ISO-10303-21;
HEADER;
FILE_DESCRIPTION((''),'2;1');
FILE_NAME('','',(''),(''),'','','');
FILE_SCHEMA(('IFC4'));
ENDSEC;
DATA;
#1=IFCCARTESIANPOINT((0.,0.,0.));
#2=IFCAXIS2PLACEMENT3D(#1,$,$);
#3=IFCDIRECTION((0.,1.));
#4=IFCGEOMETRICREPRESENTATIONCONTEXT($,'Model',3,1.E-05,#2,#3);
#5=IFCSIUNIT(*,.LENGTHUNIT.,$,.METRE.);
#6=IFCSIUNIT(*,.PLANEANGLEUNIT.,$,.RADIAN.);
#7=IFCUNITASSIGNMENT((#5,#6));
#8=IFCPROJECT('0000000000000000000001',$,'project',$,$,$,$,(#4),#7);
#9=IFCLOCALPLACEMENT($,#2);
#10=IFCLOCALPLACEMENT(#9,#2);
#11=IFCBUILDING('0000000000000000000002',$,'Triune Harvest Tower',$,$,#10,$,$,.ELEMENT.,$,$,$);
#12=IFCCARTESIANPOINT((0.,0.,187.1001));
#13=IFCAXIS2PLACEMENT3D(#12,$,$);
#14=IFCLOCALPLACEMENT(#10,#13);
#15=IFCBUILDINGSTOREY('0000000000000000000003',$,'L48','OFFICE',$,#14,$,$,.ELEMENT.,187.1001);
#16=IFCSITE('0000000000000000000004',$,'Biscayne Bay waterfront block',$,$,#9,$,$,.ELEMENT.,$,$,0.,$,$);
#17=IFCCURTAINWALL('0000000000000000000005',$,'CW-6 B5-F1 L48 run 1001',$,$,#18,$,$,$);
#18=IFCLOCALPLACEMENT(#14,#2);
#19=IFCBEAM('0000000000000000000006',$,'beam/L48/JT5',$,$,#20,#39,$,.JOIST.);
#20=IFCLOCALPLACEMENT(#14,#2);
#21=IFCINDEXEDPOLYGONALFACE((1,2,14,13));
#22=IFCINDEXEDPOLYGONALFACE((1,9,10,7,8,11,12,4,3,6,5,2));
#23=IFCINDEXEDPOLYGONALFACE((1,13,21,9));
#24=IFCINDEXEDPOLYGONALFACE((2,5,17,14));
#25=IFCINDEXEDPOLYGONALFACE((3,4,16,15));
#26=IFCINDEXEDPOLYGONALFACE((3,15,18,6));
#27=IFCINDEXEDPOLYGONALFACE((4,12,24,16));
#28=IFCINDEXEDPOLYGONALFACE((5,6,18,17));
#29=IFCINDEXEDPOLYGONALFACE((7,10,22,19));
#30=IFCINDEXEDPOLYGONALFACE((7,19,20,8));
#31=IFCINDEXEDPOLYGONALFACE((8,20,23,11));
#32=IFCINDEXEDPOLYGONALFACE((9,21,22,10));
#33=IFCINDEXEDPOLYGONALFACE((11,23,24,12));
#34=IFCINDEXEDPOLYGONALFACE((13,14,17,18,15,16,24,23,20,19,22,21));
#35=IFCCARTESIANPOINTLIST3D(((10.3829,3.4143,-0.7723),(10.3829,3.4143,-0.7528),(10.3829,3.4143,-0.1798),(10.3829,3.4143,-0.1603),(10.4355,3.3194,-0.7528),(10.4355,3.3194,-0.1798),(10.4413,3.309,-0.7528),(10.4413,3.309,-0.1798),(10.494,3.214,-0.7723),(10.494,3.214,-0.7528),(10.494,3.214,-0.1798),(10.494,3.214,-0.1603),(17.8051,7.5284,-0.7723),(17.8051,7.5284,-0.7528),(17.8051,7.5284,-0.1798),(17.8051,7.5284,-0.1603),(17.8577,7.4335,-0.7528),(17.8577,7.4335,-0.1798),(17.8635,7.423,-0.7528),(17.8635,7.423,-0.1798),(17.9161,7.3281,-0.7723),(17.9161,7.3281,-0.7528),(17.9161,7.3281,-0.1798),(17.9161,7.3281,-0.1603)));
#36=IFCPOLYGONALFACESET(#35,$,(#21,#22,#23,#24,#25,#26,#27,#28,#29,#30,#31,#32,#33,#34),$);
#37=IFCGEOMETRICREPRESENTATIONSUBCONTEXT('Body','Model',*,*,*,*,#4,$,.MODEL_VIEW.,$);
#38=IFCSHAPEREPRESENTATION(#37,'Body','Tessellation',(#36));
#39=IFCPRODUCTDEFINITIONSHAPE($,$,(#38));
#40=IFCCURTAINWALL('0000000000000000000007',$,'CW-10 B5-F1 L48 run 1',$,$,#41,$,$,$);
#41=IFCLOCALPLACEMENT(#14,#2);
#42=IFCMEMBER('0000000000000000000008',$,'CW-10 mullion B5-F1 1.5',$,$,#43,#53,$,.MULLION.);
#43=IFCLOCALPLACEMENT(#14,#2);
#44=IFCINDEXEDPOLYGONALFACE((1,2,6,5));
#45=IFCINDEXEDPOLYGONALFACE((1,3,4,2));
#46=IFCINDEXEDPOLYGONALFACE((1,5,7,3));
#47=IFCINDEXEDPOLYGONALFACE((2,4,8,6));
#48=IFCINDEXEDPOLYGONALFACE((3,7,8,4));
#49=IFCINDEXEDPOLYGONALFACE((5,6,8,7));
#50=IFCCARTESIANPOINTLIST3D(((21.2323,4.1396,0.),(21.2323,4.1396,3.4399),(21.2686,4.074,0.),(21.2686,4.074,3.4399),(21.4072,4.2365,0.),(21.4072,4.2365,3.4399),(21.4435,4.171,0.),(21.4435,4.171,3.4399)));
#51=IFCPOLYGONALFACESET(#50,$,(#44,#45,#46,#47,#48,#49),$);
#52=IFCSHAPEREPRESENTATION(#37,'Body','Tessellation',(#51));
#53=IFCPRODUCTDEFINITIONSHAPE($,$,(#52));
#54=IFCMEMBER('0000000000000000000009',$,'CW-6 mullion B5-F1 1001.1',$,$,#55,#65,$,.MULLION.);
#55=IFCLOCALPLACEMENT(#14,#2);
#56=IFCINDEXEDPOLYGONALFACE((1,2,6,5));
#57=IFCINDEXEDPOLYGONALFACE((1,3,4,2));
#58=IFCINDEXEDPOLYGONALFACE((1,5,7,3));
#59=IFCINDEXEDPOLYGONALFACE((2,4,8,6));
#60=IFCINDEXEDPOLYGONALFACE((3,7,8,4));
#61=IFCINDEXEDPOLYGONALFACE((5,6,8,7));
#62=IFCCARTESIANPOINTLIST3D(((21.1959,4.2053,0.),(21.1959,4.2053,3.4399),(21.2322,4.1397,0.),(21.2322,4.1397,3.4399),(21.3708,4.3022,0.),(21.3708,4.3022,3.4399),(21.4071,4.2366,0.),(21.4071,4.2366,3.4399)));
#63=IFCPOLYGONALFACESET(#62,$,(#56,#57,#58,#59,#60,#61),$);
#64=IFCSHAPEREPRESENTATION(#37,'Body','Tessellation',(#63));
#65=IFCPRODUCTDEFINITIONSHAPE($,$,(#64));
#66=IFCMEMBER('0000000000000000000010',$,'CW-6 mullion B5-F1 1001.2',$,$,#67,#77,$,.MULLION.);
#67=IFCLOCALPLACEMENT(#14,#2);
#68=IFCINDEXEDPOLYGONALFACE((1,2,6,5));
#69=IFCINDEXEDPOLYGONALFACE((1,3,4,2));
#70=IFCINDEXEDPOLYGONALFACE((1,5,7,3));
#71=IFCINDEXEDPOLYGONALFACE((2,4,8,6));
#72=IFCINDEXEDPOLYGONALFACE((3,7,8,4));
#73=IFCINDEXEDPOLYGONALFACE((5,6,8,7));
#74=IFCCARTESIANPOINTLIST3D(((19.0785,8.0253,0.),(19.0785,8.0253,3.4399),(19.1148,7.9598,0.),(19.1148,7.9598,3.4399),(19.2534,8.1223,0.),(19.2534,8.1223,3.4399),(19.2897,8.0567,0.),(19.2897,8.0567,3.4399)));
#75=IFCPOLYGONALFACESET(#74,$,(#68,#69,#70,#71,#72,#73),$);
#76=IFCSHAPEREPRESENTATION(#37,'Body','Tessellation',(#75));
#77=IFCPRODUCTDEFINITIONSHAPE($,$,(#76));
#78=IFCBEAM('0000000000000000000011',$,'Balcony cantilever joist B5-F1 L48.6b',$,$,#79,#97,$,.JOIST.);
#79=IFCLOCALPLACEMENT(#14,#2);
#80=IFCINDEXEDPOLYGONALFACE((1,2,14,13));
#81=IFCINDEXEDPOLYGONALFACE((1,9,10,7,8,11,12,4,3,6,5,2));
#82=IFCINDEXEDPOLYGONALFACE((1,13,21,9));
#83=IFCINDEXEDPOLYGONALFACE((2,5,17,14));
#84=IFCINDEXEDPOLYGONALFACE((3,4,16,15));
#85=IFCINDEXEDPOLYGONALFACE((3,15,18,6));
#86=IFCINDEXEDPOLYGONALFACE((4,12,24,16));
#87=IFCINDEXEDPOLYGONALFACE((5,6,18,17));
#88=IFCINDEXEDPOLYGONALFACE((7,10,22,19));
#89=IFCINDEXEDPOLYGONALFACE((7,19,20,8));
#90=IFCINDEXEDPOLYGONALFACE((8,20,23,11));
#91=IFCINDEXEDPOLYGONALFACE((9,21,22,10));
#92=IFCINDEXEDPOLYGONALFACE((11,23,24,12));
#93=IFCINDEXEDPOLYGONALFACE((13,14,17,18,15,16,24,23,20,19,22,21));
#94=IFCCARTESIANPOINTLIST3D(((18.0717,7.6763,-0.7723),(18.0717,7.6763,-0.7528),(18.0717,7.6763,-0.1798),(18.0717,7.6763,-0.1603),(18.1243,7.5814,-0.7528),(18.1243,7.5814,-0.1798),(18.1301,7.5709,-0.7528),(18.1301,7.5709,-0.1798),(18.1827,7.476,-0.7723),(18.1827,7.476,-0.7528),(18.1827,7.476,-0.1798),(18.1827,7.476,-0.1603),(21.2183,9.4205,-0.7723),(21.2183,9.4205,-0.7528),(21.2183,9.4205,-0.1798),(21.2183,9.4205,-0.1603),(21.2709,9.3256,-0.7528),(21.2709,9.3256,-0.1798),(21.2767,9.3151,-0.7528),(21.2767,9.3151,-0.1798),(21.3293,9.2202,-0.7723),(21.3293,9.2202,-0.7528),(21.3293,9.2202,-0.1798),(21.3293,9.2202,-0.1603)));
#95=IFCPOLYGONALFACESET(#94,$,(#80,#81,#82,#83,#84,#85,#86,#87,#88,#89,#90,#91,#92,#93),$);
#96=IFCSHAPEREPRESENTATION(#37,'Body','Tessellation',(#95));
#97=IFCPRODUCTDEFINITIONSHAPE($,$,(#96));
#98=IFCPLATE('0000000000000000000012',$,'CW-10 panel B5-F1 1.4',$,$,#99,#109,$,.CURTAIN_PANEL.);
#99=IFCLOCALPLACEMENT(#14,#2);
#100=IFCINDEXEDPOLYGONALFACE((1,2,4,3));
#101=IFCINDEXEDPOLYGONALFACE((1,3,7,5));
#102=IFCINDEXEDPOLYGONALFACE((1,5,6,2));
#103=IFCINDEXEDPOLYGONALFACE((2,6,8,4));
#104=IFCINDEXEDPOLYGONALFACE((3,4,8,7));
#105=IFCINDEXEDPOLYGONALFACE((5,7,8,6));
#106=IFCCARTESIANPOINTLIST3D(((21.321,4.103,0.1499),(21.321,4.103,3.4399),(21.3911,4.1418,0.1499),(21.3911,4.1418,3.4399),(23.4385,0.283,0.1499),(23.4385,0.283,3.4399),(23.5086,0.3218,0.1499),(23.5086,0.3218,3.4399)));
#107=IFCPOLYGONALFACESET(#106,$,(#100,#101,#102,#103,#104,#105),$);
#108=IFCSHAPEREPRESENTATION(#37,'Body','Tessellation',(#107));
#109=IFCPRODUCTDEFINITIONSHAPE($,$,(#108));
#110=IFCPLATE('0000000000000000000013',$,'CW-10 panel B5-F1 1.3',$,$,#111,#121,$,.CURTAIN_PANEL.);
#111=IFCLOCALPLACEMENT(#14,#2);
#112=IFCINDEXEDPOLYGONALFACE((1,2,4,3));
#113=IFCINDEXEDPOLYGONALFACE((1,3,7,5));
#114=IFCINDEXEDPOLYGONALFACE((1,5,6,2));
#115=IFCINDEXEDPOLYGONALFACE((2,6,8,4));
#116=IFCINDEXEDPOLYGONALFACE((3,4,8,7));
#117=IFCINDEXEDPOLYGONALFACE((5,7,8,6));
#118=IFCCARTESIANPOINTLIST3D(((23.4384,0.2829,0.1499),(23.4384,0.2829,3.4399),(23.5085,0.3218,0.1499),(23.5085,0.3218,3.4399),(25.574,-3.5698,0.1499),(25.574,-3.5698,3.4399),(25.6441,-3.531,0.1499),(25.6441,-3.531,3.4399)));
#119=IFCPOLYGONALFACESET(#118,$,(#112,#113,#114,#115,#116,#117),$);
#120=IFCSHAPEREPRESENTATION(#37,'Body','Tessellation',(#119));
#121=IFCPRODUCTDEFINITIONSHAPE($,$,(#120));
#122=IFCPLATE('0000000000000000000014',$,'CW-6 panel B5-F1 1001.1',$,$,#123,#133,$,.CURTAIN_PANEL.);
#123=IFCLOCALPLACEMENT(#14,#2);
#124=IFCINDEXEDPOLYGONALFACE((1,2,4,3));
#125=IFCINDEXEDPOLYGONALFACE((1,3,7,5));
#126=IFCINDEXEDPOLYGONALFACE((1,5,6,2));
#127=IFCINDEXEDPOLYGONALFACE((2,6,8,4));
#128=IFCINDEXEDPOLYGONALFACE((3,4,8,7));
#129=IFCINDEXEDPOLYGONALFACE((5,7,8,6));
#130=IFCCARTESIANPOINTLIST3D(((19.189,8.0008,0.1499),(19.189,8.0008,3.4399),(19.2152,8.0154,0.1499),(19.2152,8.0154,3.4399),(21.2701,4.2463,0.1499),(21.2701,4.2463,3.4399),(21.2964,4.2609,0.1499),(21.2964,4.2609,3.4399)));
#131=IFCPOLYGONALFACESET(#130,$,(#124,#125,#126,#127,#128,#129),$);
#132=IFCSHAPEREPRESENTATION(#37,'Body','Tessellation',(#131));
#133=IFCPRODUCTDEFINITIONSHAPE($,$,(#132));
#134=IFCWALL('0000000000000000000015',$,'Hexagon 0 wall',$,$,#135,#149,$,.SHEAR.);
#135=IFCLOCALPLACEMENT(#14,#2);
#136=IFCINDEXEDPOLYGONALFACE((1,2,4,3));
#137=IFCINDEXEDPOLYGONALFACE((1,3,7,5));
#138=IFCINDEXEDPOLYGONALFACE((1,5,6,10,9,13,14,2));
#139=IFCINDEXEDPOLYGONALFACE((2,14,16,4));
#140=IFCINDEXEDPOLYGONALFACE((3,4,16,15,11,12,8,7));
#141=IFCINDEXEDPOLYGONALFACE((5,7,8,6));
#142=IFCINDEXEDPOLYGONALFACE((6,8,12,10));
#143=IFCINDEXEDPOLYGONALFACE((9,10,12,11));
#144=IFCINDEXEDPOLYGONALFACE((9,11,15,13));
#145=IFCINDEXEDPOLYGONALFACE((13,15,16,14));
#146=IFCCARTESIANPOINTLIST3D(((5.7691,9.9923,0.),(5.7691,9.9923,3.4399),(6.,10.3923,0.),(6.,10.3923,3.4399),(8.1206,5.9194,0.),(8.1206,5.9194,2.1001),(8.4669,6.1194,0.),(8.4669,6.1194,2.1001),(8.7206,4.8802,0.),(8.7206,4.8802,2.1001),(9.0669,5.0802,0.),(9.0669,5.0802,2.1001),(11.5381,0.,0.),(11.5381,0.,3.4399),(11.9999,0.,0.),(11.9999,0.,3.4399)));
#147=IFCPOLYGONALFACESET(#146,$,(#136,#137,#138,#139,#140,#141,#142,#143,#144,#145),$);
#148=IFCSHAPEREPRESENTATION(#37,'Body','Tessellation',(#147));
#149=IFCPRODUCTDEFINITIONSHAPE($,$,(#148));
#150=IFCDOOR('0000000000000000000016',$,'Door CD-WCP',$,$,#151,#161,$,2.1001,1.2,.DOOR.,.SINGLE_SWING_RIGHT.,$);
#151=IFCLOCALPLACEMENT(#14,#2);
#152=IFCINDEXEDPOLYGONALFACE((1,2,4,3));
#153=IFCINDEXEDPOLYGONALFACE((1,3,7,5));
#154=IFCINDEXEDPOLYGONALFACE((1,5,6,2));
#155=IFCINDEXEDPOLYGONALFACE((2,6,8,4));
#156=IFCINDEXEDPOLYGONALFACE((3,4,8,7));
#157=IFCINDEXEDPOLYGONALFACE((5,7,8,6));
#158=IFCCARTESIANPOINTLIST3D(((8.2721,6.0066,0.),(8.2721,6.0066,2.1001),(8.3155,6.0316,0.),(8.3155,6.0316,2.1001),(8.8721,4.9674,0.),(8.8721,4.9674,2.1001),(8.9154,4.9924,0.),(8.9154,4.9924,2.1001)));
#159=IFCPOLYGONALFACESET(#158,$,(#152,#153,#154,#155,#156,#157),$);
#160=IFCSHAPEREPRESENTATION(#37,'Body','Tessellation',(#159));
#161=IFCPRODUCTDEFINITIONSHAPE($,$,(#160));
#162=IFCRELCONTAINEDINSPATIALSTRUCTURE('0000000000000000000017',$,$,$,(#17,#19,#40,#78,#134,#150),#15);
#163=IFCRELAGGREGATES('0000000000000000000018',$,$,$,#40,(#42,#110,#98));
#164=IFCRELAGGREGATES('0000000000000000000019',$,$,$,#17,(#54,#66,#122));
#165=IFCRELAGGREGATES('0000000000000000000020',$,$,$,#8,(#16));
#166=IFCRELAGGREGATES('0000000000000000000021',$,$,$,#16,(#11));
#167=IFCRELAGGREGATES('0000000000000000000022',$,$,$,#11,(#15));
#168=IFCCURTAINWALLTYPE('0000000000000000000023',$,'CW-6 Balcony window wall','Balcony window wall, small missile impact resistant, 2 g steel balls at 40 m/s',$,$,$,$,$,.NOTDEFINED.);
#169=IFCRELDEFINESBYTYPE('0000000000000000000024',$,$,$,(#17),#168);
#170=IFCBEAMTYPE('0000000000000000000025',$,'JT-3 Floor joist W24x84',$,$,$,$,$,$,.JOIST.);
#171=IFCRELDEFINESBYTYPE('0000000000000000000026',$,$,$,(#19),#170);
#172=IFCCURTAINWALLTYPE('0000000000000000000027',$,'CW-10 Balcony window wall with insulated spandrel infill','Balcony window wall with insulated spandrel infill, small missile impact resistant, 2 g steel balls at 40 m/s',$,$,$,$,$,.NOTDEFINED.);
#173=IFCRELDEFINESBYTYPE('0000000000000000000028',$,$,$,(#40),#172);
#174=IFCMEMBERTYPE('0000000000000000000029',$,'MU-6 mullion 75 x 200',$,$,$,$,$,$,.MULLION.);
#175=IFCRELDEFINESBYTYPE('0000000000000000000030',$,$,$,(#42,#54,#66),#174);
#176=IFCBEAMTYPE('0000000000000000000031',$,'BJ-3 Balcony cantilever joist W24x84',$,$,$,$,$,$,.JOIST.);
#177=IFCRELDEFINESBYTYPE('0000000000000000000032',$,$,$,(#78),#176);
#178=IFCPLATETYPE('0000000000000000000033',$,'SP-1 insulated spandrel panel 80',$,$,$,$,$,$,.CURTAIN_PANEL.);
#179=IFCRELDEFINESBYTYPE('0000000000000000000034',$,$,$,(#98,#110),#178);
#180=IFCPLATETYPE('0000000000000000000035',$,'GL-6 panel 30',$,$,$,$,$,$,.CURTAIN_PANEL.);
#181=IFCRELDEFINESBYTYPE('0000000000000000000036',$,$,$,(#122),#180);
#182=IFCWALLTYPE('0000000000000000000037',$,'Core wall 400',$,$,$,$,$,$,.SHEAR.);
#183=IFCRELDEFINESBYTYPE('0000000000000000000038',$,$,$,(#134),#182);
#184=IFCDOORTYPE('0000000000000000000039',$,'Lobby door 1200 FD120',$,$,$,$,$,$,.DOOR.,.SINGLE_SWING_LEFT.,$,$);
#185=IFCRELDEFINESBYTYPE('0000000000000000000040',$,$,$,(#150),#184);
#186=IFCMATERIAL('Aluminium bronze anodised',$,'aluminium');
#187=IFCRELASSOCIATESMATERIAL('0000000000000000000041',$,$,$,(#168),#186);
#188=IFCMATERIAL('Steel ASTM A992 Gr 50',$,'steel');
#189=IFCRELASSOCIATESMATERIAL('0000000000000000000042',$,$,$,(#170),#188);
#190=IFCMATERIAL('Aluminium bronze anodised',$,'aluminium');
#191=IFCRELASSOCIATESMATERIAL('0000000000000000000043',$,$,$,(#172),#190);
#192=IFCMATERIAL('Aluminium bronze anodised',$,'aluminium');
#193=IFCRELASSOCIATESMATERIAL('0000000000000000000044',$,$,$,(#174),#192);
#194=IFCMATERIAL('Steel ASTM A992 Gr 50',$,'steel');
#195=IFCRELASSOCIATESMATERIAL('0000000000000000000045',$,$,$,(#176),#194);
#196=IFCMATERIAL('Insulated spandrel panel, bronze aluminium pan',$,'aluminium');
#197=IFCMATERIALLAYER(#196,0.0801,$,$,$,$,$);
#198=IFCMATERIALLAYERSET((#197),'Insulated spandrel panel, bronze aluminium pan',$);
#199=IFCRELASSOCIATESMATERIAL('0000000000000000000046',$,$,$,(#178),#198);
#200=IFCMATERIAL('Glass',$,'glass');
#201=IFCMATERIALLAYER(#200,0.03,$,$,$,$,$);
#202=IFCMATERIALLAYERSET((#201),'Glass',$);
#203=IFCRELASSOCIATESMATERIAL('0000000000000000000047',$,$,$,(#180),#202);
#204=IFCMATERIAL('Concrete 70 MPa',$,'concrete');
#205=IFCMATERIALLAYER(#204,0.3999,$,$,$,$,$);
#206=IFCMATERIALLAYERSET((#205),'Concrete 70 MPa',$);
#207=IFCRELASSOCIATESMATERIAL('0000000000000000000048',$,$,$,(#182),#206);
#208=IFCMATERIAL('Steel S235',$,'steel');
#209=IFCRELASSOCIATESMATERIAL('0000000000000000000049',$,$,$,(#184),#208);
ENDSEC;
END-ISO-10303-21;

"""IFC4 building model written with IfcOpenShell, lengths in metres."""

from ifc_helpers import new_model, si_unit, direction, frame, frame_2d, origin, origin_2d, place, context, subcontext, project, spatial, polyline, rectangle, i_section, outline, extrude, source, transform, mapped, material, layer, layer_set, material_profile, profile_set, type_object, element, fill, aggregate, save


model = new_model("IFC4")

# Units and contexts
model_context = context("Model", 3, precision=1e-05, world=origin(), true_north=direction((0.0, 1.0)))
body_context = subcontext(model_context, "Body", "Model", "MODEL_VIEW")
ifc_project = project(units=[si_unit("LENGTHUNIT", "METRE"), si_unit("PLANEANGLEUNIT", "RADIAN")], contexts=[model_context])

# Site, building, storey
site_placement = place(None, origin())
site = spatial("IfcSite", under=ifc_project, at=site_placement, Name="Biscayne Bay waterfront block", CompositionType="ELEMENT", RefElevation=0.0)
building_placement = place(site_placement, origin())
building = spatial("IfcBuilding", under=site, at=building_placement, Name="Triune Harvest Tower", CompositionType="ELEMENT")
storey_placement = place(building_placement, frame((0.0, 0.0, 187.1001)))
storey = spatial("IfcBuildingStorey", under=building, at=storey_placement, Name="L48", Description="OFFICE", CompositionType="ELEMENT", Elevation=187.1001)

# Curtain wall
ifc_material_1 = material(Name="Aluminium bronze anodised", Category="aluminium")
curtain_wall_type_1 = type_object("IfcCurtainWallType", Name="CW-6 Balcony window wall", Description="Balcony window wall, small missile impact resistant, 2 g steel balls at 40 m/s", PredefinedType="NOTDEFINED", material=ifc_material_1)
curtain_wall_1_placement = place(storey_placement, origin())
curtain_wall_1 = element("IfcCurtainWall", 1, at=curtain_wall_1_placement, inside=storey, type_object=curtain_wall_type_1, Name="CW-6 B5-F1 L48 run 1001")

# Beam
ifc_material_2 = material(Name="Steel ASTM A992 Gr 50", Category="steel")
ifc_material_profile_1 = material_profile(ifc_material_2, i_section(OverallWidth=0.229, OverallDepth=0.6121, WebThickness=0.012, FlangeThickness=0.0195, at=origin_2d()), Name="W24x84")
ifc_profile_set_1 = profile_set([ifc_material_profile_1], Name="Steel ASTM A992 Gr 50")
beam_type_1 = type_object("IfcBeamType", Name="JT-3 Floor joist W24x84", PredefinedType="JOIST", material=ifc_profile_set_1)
shared_shape_1 = source(origin(), body_context, "Body", "SweptSolid", [
    extrude(i_section(OverallWidth=0.229, OverallDepth=0.6121, WebThickness=0.012, FlangeThickness=0.0195, at=origin_2d()), origin(), (0.0, 0.0, 1.0), 8.4861),
])
beam_1_placement = place(storey_placement, frame((17.8606, 7.4282, -0.4663), z_axis=(-0.874626, -0.484798, 0.0), x_axis=(0.484798, -0.874626, 0.0)))
element("IfcBeam", 2, at=beam_1_placement, inside=storey, type_object=beam_type_1, Name="beam/L48/JT5", PredefinedType="JOIST", context=body_context, shape_type="MappedRepresentation", body=[
    mapped(shared_shape_1, transform((0.0, 0.0, 0.0), scale=1.0)),
])

# Curtain wall, member
ifc_material_3 = material(Name="Aluminium bronze anodised", Category="aluminium")
curtain_wall_type_2 = type_object("IfcCurtainWallType", Name="CW-10 Balcony window wall with insulated spandrel infill", Description="Balcony window wall with insulated spandrel infill, small missile impact resistant, 2 g steel balls at 40 m/s", PredefinedType="NOTDEFINED", material=ifc_material_3)
curtain_wall_2_placement = place(storey_placement, origin())
curtain_wall_2 = element("IfcCurtainWall", 3, at=curtain_wall_2_placement, inside=storey, type_object=curtain_wall_type_2, Name="CW-10 B5-F1 L48 run 1")
ifc_material_4 = material(Name="Aluminium bronze anodised", Category="aluminium")
ifc_material_profile_2 = material_profile(ifc_material_4, rectangle(XDim=0.2, YDim=0.075, at=origin_2d()), Name="MU-6 mullion 75 x 200")
ifc_profile_set_2 = profile_set([ifc_material_profile_2], Name="Aluminium bronze anodised")
member_type_1 = type_object("IfcMemberType", Name="MU-6 mullion 75 x 200", PredefinedType="MULLION", material=ifc_profile_set_2)
shared_shape_2 = source(origin(), body_context, "Body", "SweptSolid", [
    extrude(rectangle(XDim=0.2, YDim=0.075, at=origin_2d()), origin(), (0.0, 0.0, 1.0), 3.4399),
])
member_1_placement = place(storey_placement, frame((21.3379, 4.1553, 0.0), z_axis=(0.0, 0.0, 1.0), x_axis=(-0.874621, -0.484807, 0.0)))
member_1 = element("IfcMember", 4, at=member_1_placement, type_object=member_type_1, Name="CW-10 mullion B5-F1 1.5", PredefinedType="MULLION", context=body_context, shape_type="MappedRepresentation", body=[
    mapped(shared_shape_2, transform((0.0, 0.0, 0.0), scale=1.0)),
])

# Members
member_2_placement = place(storey_placement, frame((21.3015, 4.2209, 0.0), z_axis=(0.0, 0.0, 1.0), x_axis=(-0.874616, -0.484816, 0.0)))
member_2 = element("IfcMember", 5, at=member_2_placement, type_object=member_type_1, Name="CW-6 mullion B5-F1 1001.1", PredefinedType="MULLION", context=body_context, shape_type="MappedRepresentation", body=[
    mapped(shared_shape_2, transform((0.0, 0.0, 0.0), scale=1.0)),
])
member_3_placement = place(storey_placement, frame((19.1841, 8.041, 0.0), z_axis=(0.0, 0.0, 1.0), x_axis=(-0.874616, -0.484816, 0.0)))
member_3 = element("IfcMember", 6, at=member_3_placement, type_object=member_type_1, Name="CW-6 mullion B5-F1 1001.2", PredefinedType="MULLION", context=body_context, shape_type="MappedRepresentation", body=[
    mapped(shared_shape_2, transform((0.0, 0.0, 0.0), scale=1.0)),
])

# Beam
ifc_material_5 = material(Name="Steel ASTM A992 Gr 50", Category="steel")
ifc_material_profile_3 = material_profile(ifc_material_5, i_section(OverallWidth=0.229, OverallDepth=0.6121, WebThickness=0.012, FlangeThickness=0.0195, at=origin_2d()), Name="W24x84")
ifc_profile_set_3 = profile_set([ifc_material_profile_3], Name="Steel ASTM A992 Gr 50")
beam_type_2 = type_object("IfcBeamType", Name="BJ-3 Balcony cantilever joist W24x84", PredefinedType="JOIST", material=ifc_profile_set_3)
shared_shape_3 = source(origin(), body_context, "Body", "SweptSolid", [
    extrude(i_section(OverallWidth=0.229, OverallDepth=0.6121, WebThickness=0.012, FlangeThickness=0.0195, at=origin_2d()), origin(), (0.0, 0.0, 1.0), 3.5977),
])
beam_2_placement = place(storey_placement, frame((18.1272, 7.5762, -0.4663), z_axis=(0.874618, 0.484813, 0.0), x_axis=(-0.484813, 0.874618, 0.0)))
element("IfcBeam", 7, at=beam_2_placement, inside=storey, type_object=beam_type_2, Name="Balcony cantilever joist B5-F1 L48.6b", PredefinedType="JOIST", context=body_context, shape_type="MappedRepresentation", body=[
    mapped(shared_shape_3, transform((0.0, 0.0, 0.0), scale=1.0)),
])

# Plates
ifc_material_6 = material(Name="Insulated spandrel panel, bronze aluminium pan", Category="aluminium")
ifc_layer_1 = layer(ifc_material_6, 0.0801)
ifc_layer_set_1 = layer_set([ifc_layer_1], Name="Insulated spandrel panel, bronze aluminium pan")
plate_type_1 = type_object("IfcPlateType", Name="SP-1 insulated spandrel panel 80", PredefinedType="CURTAIN_PANEL", material=ifc_layer_set_1)
shared_shape_4 = source(origin(), body_context, "Body", "SweptSolid", [
    extrude(rectangle(XDim=4.3677, YDim=0.0801, at=origin_2d()), origin(), (0.0, 0.0, 1.0), 3.29),
])
plate_1_placement = place(storey_placement, frame((22.4148, 2.2124, 0.1499), z_axis=(0.0, 0.0, 1.0), x_axis=(-0.484807, 0.874621, 0.0)))
plate_1 = element("IfcPlate", 8, at=plate_1_placement, type_object=plate_type_1, Name="CW-10 panel B5-F1 1.4", PredefinedType="CURTAIN_PANEL", context=body_context, shape_type="MappedRepresentation", body=[
    mapped(shared_shape_4, transform((0.0, 0.0, 0.0), scale=1.0)),
])
shared_shape_5 = source(origin(), body_context, "Body", "SweptSolid", [
    extrude(rectangle(XDim=4.405, YDim=0.0801, at=origin_2d()), origin(), (0.0, 0.0, 1.0), 3.29),
])
plate_2_placement = place(storey_placement, frame((24.5413, -1.624, 0.1499), z_axis=(0.0, 0.0, 1.0), x_axis=(-0.484807, 0.874621, 0.0)))
plate_2 = element("IfcPlate", 9, at=plate_2_placement, type_object=plate_type_1, Name="CW-10 panel B5-F1 1.3", PredefinedType="CURTAIN_PANEL", context=body_context, shape_type="MappedRepresentation", body=[
    mapped(shared_shape_5, transform((0.0, 0.0, 0.0), scale=1.0)),
])
aggregate(curtain_wall_2, [member_1, plate_2, plate_1])
ifc_material_7 = material(Name="Glass", Category="glass")
ifc_layer_2 = layer(ifc_material_7, 0.03)
ifc_layer_set_2 = layer_set([ifc_layer_2], Name="Glass")
plate_type_2 = type_object("IfcPlateType", Name="GL-6 panel 30", PredefinedType="CURTAIN_PANEL", material=ifc_layer_set_2)
shared_shape_6 = source(origin(), body_context, "Body", "SweptSolid", [
    extrude(rectangle(XDim=4.2927, YDim=0.03, at=origin_2d()), origin(), (0.0, 0.0, 1.0), 3.29),
])
plate_3_placement = place(storey_placement, frame((20.2427, 6.1309, 0.1499), z_axis=(0.0, 0.0, 1.0), x_axis=(-0.484816, 0.874616, 0.0)))
plate_3 = element("IfcPlate", 10, at=plate_3_placement, type_object=plate_type_2, Name="CW-6 panel B5-F1 1001.1", PredefinedType="CURTAIN_PANEL", context=body_context, shape_type="MappedRepresentation", body=[
    mapped(shared_shape_6, transform((0.0, 0.0, 0.0), scale=1.0)),
])
aggregate(curtain_wall_1, [member_2, member_3, plate_3])

# Wall, opening, door
ifc_material_8 = material(Name="Concrete 70 MPa", Category="concrete")
ifc_layer_3 = layer(ifc_material_8, 0.3999)
ifc_layer_set_3 = layer_set([ifc_layer_3], Name="Concrete 70 MPa")
wall_type_1 = type_object("IfcWallType", Name="Core wall 400", PredefinedType="SHEAR", material=ifc_layer_set_3)
shared_shape_7 = source(origin(), body_context, "Body", "SweptSolid", [
    extrude(outline(polyline([(-0.1155, -0.2), (11.8845, -0.2), (11.6536, 0.2), (0.1155, 0.2), (-0.1155, -0.2)])), origin(), (0.0, 0.0, 1.0), 3.4399),
])
wall_1_placement = place(storey_placement, frame((11.769, 0.0, 0.0), z_axis=(0.0, 0.0, 1.0), x_axis=(-0.499997, 0.866027, 0.0)))
wall_1 = element("IfcWall", 11, at=wall_1_placement, inside=storey, type_object=wall_type_1, Name="Hexagon 0 wall", PredefinedType="SHEAR", context=body_context, shape_type="MappedRepresentation", body=[
    mapped(shared_shape_7, transform((0.0, 0.0, 0.0), scale=1.0)),
])
opening_placement = place(wall_1_placement, frame((5.7505, 0.0, 0.0)))
opening = element("IfcOpeningElement", 12, at=opening_placement, cuts=wall_1, PredefinedType="OPENING", context=body_context, shape_type="SweptSolid", body=[
    extrude(rectangle(XDim=1.2, YDim=2.1001, at=frame_2d((0.6001, 1.05))), frame((0.0, 0.21, 0.0), z_axis=(0.0, -1.0, 0.0), x_axis=(1.0, 0.0, 0.0)), (0.0, 0.0, 1.0), 0.4199),
])
ifc_material_9 = material(Name="Steel S235", Category="steel")
door_type = type_object("IfcDoorType", Name="Lobby door 1200 FD120", OperationType="SINGLE_SWING_LEFT", PredefinedType="DOOR", material=ifc_material_9)
door_placement = place(opening_placement, frame((1.2, 0.0, 0.0), z_axis=(0.0, 0.0, 1.0), x_axis=(-1.0, 0.0, 0.0)))
door = element("IfcDoor", 13, at=door_placement, inside=storey, type_object=door_type, Name="Door CD-WCP", OperationType="SINGLE_SWING_RIGHT", OverallHeight=2.1001, OverallWidth=1.2, PredefinedType="DOOR", context=body_context, shape_type="SweptSolid", body=[
    extrude(rectangle(XDim=1.2, YDim=2.1001, at=frame_2d((0.6001, 1.05))), frame((0.0, 0.0249, 0.0), z_axis=(0.0, -1.0, 0.0), x_axis=(1.0, 0.0, 0.0)), (0.0, 0.0, 1.0), 0.05),
])
fill(opening, door)

save(model, "model.ifc")
